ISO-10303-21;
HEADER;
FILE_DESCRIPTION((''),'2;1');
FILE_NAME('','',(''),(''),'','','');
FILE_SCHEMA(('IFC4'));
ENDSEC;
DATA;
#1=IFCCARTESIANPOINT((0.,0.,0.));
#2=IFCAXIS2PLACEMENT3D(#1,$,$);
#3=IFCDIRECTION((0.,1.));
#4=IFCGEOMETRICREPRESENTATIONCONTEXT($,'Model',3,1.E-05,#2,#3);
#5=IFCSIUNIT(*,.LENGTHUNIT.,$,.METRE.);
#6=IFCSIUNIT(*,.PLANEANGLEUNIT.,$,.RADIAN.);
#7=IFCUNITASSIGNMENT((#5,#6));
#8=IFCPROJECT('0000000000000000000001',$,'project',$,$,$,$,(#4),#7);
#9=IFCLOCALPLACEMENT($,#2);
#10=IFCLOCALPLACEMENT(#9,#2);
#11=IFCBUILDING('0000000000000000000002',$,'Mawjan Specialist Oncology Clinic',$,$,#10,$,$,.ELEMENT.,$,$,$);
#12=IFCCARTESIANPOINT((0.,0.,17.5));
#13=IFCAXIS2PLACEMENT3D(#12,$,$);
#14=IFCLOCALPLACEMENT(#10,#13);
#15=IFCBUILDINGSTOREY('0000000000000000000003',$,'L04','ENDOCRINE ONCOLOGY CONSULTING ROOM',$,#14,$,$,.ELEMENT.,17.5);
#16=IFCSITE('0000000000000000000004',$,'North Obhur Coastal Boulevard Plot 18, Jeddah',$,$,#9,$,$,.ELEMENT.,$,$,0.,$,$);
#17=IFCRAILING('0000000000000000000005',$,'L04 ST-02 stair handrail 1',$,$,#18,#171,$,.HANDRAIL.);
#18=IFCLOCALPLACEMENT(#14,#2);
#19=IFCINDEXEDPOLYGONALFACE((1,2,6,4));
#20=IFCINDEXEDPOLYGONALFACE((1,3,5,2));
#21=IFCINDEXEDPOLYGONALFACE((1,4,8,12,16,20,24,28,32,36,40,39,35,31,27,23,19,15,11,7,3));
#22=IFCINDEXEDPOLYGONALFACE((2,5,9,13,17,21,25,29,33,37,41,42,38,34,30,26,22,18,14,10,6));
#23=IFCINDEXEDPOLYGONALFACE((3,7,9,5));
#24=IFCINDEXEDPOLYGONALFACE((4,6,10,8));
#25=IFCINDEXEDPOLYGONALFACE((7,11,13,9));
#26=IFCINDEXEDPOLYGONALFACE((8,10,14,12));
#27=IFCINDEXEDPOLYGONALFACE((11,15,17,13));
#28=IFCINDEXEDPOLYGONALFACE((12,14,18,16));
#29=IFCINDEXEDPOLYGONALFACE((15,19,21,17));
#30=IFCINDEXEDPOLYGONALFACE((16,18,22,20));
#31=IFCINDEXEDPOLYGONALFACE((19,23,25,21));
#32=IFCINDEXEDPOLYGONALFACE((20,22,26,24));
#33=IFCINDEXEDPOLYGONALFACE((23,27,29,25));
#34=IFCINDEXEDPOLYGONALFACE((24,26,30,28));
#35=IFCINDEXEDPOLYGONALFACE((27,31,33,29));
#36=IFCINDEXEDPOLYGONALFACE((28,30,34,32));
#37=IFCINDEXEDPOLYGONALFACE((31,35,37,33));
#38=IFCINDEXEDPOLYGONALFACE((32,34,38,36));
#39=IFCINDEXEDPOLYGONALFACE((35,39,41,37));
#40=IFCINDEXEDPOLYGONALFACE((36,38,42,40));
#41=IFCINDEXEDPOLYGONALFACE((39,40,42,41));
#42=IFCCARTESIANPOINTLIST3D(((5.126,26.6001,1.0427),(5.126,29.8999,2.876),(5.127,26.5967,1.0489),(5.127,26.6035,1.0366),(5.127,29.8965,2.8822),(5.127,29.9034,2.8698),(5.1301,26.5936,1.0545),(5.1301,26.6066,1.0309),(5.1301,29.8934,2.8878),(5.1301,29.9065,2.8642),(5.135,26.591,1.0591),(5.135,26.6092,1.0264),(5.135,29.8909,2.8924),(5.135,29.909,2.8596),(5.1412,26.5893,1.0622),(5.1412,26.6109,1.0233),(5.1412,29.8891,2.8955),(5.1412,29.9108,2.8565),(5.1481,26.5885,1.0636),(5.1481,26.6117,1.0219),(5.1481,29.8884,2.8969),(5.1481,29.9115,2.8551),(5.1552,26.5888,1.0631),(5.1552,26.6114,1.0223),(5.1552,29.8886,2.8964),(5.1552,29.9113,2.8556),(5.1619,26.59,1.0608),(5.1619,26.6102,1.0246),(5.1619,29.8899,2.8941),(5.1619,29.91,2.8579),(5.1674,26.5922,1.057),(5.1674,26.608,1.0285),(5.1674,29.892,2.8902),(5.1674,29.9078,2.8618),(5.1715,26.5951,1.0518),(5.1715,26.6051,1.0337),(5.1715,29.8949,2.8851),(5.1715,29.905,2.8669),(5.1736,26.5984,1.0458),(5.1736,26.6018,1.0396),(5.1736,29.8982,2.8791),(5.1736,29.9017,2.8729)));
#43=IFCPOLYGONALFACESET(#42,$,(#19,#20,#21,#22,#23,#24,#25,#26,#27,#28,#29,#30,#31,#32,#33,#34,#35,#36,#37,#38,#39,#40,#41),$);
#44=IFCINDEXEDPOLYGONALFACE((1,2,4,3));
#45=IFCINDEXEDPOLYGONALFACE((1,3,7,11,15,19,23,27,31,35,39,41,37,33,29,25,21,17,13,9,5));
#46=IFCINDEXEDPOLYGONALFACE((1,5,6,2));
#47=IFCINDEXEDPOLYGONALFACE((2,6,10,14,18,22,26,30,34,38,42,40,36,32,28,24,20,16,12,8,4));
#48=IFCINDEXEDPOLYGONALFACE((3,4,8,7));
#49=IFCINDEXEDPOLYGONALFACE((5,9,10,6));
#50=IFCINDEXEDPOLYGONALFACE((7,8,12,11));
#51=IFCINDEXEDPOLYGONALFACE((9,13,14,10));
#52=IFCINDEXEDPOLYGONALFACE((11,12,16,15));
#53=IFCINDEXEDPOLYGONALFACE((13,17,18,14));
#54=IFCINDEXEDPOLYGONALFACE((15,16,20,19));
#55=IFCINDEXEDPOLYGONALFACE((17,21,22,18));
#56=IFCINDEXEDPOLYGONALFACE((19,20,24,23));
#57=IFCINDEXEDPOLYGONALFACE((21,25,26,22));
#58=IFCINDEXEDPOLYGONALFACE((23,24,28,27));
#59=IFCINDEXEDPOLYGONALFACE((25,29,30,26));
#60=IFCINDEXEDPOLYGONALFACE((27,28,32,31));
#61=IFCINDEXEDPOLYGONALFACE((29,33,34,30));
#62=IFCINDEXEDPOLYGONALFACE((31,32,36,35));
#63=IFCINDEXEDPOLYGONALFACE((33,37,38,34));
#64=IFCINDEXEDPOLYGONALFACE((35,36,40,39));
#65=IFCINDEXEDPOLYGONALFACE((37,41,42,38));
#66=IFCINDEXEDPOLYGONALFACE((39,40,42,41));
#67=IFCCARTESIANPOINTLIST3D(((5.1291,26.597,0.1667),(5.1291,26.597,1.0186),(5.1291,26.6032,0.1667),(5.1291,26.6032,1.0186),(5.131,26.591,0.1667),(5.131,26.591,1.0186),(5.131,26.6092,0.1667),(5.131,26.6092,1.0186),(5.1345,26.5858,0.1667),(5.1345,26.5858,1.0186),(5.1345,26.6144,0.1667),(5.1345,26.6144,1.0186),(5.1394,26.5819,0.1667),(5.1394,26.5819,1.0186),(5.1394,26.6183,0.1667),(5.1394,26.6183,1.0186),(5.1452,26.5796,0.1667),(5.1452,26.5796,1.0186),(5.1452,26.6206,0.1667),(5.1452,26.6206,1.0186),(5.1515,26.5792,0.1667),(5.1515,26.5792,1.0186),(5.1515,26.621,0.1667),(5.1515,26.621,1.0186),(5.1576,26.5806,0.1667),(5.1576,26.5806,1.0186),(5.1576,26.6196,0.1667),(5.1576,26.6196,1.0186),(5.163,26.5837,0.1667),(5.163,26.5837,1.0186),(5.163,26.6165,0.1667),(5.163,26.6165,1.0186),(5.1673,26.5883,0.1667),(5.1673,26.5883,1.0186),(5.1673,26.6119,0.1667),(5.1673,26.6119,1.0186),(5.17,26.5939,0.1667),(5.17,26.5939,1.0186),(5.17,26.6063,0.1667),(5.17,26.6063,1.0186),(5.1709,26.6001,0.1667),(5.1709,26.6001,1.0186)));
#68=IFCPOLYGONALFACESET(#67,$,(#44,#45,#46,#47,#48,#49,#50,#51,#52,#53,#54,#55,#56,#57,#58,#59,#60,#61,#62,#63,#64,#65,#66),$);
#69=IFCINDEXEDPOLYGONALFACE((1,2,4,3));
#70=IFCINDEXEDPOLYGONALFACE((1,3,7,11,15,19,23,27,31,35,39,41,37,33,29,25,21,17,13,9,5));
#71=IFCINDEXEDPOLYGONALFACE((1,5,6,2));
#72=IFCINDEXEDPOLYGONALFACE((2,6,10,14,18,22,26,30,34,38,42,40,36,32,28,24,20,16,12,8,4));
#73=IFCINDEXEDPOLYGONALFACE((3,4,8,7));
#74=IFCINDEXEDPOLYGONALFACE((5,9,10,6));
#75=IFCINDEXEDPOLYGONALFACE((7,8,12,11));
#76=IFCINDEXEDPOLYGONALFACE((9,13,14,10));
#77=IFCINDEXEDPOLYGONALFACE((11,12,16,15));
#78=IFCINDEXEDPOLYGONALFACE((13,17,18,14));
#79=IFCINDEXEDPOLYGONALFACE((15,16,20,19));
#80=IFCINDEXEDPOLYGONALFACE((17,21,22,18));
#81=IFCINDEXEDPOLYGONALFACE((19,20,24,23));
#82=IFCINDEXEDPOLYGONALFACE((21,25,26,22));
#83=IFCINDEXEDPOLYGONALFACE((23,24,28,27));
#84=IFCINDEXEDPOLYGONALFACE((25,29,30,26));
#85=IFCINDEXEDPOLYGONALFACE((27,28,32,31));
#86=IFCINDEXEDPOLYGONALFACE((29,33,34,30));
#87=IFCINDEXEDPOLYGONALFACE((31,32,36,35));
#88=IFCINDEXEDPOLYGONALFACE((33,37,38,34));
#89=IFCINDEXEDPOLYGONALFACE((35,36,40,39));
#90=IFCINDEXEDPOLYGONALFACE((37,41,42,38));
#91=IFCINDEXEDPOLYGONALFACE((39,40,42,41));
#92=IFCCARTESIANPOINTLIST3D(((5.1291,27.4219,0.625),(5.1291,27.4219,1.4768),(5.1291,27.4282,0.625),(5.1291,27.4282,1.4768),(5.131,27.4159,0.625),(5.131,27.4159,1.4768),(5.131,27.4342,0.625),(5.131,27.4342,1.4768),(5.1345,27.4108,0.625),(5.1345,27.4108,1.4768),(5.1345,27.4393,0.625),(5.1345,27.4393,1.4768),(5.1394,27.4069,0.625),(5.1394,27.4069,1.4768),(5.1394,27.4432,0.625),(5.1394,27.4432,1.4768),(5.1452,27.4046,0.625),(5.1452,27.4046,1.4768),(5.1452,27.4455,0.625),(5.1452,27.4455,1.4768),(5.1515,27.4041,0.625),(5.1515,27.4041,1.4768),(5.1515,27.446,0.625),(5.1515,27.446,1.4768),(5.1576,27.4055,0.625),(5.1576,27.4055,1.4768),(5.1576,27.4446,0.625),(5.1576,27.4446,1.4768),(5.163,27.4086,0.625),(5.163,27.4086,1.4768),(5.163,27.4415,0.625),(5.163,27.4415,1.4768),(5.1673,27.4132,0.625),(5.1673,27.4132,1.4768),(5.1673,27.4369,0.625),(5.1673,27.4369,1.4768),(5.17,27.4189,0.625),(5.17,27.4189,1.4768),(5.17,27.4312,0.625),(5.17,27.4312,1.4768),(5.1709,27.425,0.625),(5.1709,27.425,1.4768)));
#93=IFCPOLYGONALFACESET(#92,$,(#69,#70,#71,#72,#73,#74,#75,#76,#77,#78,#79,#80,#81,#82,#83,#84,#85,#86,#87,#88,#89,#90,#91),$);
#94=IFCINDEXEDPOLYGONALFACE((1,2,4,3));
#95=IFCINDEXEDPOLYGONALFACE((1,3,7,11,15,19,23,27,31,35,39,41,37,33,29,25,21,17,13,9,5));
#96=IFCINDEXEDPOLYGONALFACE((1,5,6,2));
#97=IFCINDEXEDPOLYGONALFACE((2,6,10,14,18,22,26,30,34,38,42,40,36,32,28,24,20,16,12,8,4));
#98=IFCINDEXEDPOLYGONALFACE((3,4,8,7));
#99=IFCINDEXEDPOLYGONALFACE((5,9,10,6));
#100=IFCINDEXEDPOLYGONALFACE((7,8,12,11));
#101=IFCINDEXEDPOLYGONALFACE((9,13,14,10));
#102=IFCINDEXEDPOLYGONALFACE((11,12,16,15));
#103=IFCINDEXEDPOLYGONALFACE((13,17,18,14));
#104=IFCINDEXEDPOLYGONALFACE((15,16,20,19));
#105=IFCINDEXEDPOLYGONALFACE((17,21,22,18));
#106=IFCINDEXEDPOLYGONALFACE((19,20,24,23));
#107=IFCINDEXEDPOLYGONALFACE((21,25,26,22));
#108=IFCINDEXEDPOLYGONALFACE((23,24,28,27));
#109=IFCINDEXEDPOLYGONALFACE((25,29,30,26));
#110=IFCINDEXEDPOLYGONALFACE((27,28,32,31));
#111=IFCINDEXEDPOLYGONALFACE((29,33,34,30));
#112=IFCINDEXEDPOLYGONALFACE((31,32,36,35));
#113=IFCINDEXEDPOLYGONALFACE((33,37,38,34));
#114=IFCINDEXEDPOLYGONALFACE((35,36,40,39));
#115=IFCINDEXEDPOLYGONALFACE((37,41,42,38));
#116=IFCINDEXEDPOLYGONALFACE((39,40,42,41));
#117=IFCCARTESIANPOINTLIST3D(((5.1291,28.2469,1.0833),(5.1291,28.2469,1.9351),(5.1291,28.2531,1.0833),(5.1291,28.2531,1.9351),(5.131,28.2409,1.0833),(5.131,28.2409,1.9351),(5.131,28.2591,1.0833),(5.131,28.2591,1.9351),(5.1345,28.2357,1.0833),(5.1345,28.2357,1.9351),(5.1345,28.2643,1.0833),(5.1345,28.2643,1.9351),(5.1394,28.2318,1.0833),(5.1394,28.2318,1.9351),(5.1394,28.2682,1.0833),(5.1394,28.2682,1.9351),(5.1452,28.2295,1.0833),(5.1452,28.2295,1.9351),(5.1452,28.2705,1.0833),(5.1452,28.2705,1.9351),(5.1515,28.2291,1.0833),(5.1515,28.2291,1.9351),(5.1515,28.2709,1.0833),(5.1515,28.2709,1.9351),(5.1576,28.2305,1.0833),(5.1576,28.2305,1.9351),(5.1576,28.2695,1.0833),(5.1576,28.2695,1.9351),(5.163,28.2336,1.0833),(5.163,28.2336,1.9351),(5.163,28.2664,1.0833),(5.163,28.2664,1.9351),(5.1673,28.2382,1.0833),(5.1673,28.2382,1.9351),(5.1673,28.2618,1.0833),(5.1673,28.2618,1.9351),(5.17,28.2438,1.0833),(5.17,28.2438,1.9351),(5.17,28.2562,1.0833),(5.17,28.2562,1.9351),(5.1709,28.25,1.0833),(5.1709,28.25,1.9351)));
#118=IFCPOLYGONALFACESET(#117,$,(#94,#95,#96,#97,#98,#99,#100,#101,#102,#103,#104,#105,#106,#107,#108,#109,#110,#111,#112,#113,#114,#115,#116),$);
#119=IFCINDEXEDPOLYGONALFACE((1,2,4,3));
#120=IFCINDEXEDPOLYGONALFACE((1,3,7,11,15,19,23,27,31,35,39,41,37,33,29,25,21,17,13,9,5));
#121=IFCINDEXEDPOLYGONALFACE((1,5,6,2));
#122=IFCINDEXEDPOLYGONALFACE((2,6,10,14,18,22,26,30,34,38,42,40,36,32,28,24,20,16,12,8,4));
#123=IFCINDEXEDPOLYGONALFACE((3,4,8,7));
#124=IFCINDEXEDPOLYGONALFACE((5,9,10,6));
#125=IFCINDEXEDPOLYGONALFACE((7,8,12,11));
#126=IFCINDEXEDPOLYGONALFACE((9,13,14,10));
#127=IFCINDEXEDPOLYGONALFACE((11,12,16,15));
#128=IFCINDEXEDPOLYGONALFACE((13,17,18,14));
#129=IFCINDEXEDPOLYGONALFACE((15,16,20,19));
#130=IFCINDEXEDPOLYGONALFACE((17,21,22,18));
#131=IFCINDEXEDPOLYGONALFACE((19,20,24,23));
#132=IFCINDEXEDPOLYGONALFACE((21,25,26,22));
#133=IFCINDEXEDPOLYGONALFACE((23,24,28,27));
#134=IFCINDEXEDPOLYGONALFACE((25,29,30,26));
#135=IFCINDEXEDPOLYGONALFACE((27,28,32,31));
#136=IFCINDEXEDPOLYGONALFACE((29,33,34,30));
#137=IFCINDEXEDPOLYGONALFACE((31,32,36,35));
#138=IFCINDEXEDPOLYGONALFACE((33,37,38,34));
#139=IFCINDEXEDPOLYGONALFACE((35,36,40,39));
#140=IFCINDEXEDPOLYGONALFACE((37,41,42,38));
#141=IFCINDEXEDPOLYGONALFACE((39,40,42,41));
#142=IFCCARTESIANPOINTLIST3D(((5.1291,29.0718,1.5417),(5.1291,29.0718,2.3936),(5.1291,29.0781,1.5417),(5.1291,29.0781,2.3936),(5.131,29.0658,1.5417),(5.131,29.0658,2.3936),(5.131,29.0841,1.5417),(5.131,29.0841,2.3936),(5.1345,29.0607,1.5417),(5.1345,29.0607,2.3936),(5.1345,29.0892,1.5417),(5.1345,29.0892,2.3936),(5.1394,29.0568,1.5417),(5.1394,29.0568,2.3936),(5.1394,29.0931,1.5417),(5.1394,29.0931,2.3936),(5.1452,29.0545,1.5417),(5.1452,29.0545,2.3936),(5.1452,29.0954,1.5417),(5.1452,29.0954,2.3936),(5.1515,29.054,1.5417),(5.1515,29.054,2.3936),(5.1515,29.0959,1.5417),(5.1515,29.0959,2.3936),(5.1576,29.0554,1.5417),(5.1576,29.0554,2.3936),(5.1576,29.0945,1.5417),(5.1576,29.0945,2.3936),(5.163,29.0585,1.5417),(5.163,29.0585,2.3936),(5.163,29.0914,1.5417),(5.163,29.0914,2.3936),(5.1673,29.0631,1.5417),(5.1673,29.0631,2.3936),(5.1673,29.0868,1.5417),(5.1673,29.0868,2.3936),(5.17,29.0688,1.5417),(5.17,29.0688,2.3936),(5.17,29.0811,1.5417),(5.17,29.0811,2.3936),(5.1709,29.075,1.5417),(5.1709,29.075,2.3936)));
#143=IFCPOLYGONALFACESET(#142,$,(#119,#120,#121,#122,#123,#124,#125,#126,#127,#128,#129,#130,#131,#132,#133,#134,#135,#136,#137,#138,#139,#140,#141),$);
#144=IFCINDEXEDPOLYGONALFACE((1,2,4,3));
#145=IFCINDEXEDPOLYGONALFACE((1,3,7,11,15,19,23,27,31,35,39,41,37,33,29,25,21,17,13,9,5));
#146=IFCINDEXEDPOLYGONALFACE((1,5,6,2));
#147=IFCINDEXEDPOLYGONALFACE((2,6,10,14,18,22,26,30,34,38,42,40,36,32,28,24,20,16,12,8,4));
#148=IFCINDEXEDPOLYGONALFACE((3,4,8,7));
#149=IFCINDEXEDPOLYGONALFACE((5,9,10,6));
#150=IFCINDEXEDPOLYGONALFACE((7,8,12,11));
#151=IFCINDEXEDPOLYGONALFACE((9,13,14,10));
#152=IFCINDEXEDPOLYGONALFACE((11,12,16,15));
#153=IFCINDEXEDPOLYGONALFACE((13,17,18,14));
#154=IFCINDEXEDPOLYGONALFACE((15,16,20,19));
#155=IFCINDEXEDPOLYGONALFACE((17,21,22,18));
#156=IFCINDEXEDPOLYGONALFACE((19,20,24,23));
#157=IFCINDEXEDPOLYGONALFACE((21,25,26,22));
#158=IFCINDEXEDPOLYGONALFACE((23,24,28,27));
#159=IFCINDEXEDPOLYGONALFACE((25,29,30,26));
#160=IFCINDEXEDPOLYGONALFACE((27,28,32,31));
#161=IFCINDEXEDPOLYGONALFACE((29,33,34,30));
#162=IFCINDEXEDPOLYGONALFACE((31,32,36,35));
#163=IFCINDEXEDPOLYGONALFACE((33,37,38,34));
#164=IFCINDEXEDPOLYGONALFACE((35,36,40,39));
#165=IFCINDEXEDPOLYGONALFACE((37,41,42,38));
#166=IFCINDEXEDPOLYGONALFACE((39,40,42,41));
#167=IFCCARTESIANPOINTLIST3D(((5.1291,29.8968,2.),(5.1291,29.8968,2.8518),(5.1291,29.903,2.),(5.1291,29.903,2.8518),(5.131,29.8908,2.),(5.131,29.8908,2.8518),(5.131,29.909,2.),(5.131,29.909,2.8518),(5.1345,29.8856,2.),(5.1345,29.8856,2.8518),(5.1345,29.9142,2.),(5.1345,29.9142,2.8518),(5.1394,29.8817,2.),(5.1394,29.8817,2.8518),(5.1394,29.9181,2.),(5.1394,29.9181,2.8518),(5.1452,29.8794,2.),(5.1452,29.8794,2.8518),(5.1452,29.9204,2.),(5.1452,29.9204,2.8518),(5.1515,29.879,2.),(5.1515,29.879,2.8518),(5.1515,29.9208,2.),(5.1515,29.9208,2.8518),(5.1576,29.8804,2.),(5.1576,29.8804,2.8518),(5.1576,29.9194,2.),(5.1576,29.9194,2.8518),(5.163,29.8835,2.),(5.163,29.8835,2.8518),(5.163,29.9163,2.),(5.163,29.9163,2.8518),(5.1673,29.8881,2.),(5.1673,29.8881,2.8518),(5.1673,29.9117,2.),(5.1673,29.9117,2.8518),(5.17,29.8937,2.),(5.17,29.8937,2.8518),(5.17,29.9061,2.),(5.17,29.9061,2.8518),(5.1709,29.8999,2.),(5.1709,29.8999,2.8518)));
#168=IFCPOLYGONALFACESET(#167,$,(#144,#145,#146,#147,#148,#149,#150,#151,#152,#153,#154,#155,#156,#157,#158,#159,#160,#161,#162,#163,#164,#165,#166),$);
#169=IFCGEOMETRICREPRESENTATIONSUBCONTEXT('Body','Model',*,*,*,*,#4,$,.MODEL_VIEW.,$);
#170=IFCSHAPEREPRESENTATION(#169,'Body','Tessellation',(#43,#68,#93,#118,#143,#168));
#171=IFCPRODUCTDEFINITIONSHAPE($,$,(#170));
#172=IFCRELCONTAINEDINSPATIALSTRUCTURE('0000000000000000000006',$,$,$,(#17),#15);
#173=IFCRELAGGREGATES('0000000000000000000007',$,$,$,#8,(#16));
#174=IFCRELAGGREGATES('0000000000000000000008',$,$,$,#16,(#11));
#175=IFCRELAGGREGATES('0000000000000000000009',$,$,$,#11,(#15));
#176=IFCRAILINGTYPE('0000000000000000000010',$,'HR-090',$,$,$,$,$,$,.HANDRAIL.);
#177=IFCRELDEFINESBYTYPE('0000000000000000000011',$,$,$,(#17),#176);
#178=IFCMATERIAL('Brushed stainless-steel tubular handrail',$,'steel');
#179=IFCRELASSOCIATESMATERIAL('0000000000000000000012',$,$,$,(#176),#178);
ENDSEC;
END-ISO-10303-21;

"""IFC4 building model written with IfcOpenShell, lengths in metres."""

from ifc_helpers import new_model, si_unit, direction, frame, origin, origin_2d, place, context, subcontext, project, spatial, circle, extrude, material, type_object, element, save


model = new_model("IFC4")

# Units and contexts
model_context = context("Model", 3, precision=1e-05, world=origin(), true_north=direction((0.0, 1.0)))
body_context = subcontext(model_context, "Body", "Model", "MODEL_VIEW")
ifc_project = project(units=[si_unit("LENGTHUNIT", "METRE"), si_unit("PLANEANGLEUNIT", "RADIAN")], contexts=[model_context])

# Site, building, storey
site_placement = place(None, origin())
site = spatial("IfcSite", under=ifc_project, at=site_placement, Name="North Obhur Coastal Boulevard Plot 18, Jeddah", CompositionType="ELEMENT", RefElevation=0.0)
building_placement = place(site_placement, origin())
building = spatial("IfcBuilding", under=site, at=building_placement, Name="Mawjan Specialist Oncology Clinic", CompositionType="ELEMENT")
storey_placement = place(building_placement, frame((0.0, 0.0, 17.5)))
storey = spatial("IfcBuildingStorey", under=building, at=storey_placement, Name="L04", Description="ENDOCRINE ONCOLOGY CONSULTING ROOM", CompositionType="ELEMENT", Elevation=17.5)

# Railing
ifc_material_1 = material(Name="Brushed stainless-steel tubular handrail", Category="steel")
railing_type_1 = type_object("IfcRailingType", Name="HR-090", PredefinedType="HANDRAIL", material=ifc_material_1)
railing_1_placement = place(storey_placement, frame((5.1499, 26.6001, 0.1667)))
element("IfcRailing", 1, at=railing_1_placement, inside=storey, type_object=railing_type_1, Name="L04 ST-02 stair handrail 1", PredefinedType="HANDRAIL", context=body_context, shape_type="SweptSolid", body=[
    extrude(circle(Radius=0.0239, at=origin_2d()), frame((0.0, 0.0, 0.876), z_axis=(0.0, 0.874154, 0.485648), x_axis=(-1.0, 0.0, 0.0)), (0.0, 0.0, 1.0), 3.7749),
    extrude(circle(Radius=0.021, at=origin_2d()), origin(), (0.0, 0.0, 1.0), 0.8518),
    extrude(circle(Radius=0.021, at=origin_2d()), frame((0.0, 0.825, 0.4583)), (0.0, 0.0, 1.0), 0.8518),
    extrude(circle(Radius=0.021, at=origin_2d()), frame((0.0, 1.6499, 0.9165)), (0.0, 0.0, 1.0), 0.8518),
    extrude(circle(Radius=0.021, at=origin_2d()), frame((0.0, 2.4749, 1.375)), (0.0, 0.0, 1.0), 0.8518),
    extrude(circle(Radius=0.021, at=origin_2d()), frame((0.0, 3.2998, 1.8333)), (0.0, 0.0, 1.0), 0.8518),
])

save(model, "model.ifc")
